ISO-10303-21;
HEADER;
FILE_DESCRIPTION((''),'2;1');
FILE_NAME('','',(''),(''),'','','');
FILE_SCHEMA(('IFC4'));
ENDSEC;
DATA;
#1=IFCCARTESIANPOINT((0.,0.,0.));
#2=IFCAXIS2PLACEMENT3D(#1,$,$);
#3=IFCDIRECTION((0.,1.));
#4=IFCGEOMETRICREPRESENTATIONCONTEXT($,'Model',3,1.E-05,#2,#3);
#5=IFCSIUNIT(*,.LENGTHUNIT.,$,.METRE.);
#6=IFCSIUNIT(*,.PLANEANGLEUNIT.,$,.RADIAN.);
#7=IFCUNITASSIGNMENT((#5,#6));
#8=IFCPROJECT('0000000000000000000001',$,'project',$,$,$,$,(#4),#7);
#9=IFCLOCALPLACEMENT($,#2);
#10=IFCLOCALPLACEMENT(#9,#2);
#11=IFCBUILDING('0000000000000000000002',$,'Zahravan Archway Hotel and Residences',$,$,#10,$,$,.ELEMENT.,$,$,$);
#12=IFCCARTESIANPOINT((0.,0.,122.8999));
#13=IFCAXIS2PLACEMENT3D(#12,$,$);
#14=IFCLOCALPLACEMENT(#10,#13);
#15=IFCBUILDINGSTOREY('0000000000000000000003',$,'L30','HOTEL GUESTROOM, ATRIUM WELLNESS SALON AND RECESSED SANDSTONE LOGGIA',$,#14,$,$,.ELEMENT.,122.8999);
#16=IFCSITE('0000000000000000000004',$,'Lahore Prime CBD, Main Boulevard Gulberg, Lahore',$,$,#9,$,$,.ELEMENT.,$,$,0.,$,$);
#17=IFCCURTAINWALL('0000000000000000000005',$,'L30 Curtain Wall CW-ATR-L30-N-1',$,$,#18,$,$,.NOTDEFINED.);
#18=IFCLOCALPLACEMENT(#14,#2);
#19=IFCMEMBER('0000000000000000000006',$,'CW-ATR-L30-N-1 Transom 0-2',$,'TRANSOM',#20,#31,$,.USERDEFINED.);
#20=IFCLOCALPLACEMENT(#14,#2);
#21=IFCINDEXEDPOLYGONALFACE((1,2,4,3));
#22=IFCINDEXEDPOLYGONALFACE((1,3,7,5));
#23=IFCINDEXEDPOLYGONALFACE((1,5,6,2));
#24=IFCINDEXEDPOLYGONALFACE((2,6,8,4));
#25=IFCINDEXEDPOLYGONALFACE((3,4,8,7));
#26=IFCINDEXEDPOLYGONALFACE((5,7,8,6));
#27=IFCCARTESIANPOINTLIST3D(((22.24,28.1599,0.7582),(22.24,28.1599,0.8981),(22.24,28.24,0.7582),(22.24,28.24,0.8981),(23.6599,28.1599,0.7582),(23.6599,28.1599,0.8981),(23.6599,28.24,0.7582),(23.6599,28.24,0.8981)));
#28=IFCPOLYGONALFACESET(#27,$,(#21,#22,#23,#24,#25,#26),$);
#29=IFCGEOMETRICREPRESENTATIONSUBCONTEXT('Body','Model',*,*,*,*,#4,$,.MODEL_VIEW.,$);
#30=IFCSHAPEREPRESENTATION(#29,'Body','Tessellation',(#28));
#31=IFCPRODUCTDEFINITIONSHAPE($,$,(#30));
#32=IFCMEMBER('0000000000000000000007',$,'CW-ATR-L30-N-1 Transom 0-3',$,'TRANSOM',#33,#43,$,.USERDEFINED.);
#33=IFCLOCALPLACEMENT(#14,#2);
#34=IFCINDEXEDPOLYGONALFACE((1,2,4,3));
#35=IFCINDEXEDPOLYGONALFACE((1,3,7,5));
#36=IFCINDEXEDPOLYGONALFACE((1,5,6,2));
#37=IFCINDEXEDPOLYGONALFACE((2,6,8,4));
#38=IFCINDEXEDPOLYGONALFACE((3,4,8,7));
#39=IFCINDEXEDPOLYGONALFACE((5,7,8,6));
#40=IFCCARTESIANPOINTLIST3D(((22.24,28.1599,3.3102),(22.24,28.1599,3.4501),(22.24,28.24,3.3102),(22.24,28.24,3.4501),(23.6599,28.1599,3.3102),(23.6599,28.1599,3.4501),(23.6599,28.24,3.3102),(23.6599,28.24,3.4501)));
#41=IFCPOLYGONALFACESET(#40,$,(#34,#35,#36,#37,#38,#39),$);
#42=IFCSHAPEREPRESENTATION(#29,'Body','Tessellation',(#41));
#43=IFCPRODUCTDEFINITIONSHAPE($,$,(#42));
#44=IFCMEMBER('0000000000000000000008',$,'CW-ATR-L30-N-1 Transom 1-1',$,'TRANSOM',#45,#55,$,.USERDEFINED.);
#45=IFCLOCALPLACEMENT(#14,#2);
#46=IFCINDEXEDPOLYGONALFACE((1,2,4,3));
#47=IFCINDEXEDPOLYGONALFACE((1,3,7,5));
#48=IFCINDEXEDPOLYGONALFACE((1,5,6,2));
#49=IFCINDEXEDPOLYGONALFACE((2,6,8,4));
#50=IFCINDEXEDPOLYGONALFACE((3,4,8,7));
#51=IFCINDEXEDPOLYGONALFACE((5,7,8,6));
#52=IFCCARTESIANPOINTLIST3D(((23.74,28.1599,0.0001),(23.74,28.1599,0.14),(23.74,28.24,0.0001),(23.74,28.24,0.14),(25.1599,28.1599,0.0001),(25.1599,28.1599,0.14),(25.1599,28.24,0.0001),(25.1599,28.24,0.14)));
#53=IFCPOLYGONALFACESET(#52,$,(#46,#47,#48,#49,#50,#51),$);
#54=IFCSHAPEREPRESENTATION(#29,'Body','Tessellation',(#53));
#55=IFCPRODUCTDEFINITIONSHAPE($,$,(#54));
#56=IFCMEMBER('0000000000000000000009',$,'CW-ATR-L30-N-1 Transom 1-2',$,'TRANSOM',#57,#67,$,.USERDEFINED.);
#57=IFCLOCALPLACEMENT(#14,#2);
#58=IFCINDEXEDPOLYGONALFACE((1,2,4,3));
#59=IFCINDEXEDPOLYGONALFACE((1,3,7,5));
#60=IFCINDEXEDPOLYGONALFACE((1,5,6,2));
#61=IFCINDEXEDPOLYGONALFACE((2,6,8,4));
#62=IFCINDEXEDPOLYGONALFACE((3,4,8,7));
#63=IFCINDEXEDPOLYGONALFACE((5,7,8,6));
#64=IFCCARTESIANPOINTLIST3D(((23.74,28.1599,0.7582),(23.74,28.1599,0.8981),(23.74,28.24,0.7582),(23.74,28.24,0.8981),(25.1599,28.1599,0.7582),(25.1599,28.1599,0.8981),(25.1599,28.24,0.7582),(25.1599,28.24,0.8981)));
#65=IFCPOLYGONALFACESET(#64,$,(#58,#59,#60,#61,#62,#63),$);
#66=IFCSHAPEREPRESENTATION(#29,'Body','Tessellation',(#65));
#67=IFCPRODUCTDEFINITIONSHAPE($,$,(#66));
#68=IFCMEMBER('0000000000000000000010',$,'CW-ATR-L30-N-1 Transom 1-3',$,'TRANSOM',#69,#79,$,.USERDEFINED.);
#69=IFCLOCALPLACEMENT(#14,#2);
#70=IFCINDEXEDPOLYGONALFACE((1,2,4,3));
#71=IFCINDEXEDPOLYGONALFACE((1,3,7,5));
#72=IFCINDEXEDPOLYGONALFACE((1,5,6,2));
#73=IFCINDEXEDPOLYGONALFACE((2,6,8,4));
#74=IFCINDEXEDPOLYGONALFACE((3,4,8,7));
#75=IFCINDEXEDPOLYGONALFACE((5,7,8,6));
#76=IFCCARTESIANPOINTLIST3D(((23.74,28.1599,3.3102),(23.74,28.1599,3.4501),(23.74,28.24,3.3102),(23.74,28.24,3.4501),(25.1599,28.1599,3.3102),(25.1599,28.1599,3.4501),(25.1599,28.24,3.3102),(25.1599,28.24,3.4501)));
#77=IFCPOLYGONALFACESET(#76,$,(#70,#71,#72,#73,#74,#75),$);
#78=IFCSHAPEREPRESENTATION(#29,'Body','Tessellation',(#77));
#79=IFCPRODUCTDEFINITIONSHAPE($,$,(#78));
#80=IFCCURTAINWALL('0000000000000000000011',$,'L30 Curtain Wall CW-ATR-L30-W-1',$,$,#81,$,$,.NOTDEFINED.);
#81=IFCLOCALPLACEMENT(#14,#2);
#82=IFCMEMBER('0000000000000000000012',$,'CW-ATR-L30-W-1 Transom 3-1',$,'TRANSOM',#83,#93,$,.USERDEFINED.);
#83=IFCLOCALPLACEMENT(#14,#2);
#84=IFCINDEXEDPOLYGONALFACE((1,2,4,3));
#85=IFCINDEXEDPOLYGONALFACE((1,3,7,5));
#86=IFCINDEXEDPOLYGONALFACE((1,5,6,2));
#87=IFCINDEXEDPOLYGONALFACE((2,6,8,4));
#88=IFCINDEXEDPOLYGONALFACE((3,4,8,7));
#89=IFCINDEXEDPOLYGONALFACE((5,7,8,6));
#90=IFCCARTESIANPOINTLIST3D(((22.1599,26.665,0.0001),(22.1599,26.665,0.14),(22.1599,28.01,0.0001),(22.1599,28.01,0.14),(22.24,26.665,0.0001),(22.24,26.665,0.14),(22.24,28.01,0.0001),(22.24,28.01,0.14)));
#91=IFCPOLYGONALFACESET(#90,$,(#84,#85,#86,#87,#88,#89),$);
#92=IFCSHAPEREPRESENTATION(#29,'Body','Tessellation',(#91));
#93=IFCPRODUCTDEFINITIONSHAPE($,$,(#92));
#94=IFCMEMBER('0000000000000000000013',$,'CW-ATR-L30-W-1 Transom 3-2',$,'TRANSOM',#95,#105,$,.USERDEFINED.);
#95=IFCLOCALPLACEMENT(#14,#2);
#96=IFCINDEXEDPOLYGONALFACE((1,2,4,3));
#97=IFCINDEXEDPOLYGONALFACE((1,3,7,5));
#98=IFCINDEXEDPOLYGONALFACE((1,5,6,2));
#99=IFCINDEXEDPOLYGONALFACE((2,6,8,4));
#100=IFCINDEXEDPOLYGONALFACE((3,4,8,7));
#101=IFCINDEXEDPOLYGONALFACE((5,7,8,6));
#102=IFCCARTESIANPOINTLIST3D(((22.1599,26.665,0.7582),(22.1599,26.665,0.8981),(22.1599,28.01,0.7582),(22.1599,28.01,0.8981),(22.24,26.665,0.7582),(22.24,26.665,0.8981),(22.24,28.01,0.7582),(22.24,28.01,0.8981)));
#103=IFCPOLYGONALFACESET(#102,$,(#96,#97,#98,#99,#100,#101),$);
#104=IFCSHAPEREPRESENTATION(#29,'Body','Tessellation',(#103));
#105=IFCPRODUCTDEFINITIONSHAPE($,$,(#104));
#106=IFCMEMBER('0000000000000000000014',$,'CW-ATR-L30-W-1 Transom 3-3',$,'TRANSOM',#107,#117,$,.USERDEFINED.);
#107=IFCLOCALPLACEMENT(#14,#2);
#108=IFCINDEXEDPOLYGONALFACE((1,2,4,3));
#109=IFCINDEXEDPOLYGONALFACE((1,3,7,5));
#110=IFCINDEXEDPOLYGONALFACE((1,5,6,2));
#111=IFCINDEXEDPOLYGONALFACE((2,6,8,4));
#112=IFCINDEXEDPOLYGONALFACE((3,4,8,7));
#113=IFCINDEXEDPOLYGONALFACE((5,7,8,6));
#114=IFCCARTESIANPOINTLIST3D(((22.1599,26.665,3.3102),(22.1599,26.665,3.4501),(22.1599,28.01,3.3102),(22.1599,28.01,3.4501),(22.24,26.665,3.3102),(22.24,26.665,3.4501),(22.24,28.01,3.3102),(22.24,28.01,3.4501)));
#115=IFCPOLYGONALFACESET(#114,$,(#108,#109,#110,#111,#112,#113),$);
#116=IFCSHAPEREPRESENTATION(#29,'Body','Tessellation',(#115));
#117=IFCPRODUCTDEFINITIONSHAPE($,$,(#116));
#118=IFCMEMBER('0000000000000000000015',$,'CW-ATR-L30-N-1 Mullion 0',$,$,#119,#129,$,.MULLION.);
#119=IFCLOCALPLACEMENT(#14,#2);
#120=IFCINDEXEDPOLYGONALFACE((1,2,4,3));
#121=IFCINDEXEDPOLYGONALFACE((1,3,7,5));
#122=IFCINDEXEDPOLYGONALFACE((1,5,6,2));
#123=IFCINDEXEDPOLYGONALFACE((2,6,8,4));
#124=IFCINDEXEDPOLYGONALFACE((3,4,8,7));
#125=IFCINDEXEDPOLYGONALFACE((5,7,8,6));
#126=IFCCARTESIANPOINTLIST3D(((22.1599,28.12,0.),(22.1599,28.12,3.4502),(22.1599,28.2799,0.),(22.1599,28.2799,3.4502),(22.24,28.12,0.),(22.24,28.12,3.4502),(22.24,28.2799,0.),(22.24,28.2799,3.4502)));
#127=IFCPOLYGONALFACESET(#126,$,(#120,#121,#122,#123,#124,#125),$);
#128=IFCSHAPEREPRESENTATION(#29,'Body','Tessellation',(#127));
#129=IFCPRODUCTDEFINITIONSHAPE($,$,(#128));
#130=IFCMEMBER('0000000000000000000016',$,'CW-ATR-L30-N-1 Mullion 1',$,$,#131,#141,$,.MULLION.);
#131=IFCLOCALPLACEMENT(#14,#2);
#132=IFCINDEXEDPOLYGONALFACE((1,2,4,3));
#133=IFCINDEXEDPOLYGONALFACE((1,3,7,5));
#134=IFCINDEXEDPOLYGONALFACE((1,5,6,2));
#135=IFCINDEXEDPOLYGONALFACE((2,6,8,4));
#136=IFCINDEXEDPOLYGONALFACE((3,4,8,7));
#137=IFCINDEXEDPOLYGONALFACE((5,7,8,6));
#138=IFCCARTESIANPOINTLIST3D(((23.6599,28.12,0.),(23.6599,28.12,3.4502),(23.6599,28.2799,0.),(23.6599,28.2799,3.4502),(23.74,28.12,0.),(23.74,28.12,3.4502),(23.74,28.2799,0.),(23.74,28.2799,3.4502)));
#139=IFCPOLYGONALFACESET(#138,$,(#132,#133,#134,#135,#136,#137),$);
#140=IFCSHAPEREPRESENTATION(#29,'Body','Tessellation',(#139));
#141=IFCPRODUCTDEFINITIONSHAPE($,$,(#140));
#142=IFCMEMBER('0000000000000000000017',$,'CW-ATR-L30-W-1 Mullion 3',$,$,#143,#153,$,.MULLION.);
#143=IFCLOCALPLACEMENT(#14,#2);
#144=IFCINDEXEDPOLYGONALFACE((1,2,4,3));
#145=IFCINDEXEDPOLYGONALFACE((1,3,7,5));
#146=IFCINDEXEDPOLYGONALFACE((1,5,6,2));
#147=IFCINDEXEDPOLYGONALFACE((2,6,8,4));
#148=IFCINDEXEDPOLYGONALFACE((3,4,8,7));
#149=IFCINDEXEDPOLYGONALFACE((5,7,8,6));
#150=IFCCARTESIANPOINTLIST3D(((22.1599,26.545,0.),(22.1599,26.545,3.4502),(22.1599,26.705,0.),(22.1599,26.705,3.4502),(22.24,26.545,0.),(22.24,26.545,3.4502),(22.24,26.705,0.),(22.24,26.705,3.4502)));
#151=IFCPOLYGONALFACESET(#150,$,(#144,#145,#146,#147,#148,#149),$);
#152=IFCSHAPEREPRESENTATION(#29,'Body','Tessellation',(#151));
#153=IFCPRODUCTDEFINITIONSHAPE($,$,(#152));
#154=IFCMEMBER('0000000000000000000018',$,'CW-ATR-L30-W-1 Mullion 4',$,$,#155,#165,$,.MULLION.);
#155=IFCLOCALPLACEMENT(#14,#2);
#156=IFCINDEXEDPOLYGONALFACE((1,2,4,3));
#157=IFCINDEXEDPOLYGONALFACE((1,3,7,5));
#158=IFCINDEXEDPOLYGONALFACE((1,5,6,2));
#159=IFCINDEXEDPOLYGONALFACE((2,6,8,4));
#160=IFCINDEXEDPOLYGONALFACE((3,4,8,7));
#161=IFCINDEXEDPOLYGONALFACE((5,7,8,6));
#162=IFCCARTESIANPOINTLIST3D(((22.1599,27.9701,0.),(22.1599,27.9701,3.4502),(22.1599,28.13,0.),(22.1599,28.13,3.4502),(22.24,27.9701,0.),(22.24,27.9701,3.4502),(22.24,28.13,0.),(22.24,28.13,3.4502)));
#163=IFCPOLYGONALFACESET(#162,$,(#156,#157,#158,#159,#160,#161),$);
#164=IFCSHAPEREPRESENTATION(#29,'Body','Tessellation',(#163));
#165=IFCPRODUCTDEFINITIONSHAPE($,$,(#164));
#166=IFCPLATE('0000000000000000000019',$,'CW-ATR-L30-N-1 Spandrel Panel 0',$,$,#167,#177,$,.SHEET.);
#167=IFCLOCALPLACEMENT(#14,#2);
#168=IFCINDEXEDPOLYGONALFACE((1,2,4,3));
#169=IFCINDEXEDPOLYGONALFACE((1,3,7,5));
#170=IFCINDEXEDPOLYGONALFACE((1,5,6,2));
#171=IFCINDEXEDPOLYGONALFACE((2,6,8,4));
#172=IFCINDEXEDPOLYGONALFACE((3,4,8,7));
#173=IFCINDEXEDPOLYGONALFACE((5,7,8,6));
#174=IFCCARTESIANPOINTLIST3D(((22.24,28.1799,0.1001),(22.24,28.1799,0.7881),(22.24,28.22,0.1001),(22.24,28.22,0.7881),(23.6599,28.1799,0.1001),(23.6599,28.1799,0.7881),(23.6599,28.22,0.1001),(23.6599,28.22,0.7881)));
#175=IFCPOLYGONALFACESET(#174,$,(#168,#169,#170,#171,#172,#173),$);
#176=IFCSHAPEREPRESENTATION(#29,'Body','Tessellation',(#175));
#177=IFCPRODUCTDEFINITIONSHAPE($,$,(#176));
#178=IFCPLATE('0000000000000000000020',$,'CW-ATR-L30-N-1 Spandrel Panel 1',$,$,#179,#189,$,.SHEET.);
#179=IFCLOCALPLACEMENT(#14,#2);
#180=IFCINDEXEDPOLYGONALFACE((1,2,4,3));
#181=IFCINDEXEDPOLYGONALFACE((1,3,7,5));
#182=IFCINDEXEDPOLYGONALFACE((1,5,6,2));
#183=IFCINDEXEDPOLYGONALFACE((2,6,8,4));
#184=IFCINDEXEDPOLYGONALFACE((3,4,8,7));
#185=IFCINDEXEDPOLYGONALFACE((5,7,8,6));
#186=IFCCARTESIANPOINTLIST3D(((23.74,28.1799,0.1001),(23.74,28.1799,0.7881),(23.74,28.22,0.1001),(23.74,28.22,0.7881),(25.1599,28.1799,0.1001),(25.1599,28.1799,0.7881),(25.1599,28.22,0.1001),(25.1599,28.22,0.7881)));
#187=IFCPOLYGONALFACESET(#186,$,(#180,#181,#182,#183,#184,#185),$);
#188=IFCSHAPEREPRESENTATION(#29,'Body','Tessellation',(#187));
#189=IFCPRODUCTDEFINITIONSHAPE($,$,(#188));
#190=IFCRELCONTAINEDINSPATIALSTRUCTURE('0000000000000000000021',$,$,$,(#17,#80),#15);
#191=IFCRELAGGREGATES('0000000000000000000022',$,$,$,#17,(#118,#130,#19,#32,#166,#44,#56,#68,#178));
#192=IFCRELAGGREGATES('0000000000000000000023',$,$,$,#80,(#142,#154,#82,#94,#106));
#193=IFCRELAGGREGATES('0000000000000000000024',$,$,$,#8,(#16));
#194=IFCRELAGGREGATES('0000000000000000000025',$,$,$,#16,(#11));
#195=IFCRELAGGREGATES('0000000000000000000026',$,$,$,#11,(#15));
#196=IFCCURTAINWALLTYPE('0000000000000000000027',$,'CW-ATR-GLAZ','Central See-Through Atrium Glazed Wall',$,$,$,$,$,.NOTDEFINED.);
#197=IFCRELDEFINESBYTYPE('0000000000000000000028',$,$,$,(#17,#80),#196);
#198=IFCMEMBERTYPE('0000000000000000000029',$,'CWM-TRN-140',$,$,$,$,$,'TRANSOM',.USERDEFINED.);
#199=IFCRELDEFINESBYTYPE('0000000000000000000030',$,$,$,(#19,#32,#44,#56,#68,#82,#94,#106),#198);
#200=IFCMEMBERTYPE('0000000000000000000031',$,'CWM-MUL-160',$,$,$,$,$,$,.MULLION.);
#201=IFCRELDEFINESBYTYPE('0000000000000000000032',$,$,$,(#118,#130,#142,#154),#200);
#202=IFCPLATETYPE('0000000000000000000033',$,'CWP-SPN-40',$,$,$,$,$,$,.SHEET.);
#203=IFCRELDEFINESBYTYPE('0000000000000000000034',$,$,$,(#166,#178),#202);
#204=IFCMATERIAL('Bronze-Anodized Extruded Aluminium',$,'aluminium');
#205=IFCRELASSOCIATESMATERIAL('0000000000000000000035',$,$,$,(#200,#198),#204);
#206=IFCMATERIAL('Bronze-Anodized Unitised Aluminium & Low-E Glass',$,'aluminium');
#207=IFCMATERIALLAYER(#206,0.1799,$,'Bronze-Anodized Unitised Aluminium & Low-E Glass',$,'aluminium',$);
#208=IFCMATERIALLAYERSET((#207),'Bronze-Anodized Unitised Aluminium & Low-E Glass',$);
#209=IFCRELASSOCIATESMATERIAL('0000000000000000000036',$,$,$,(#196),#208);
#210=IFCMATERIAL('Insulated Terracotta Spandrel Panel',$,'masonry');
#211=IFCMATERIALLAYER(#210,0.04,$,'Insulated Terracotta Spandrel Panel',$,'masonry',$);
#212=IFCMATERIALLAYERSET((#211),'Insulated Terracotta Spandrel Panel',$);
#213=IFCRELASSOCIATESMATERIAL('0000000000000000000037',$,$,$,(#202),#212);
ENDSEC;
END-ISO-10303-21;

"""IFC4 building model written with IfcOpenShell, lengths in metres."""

from ifc_helpers import new_model, si_unit, direction, frame, origin, origin_2d, place, context, subcontext, project, spatial, rectangle, extrude, source, transform, mapped, material, layer, layer_set, material_profile, profile_set, type_object, element, aggregate, save


model = new_model("IFC4")

# Units and contexts
model_context = context("Model", 3, precision=1e-05, world=origin(), true_north=direction((0.0, 1.0)))
body_context = subcontext(model_context, "Body", "Model", "MODEL_VIEW")
ifc_project = project(units=[si_unit("LENGTHUNIT", "METRE"), si_unit("PLANEANGLEUNIT", "RADIAN")], contexts=[model_context])

# Site, building, storey
site_placement = place(None, origin())
site = spatial("IfcSite", under=ifc_project, at=site_placement, Name="Lahore Prime CBD, Main Boulevard Gulberg, Lahore", CompositionType="ELEMENT", RefElevation=0.0)
building_placement = place(site_placement, origin())
building = spatial("IfcBuilding", under=site, at=building_placement, Name="Zahravan Archway Hotel and Residences", CompositionType="ELEMENT")
storey_placement = place(building_placement, frame((0.0, 0.0, 122.8999)))
storey = spatial("IfcBuildingStorey", under=building, at=storey_placement, Name="L30", Description="HOTEL GUESTROOM, ATRIUM WELLNESS SALON AND RECESSED SANDSTONE LOGGIA", CompositionType="ELEMENT", Elevation=122.8999)

# Curtain walls, members
ifc_material_1 = material(Name="Bronze-Anodized Unitised Aluminium & Low-E Glass", Category="aluminium")
ifc_material_2 = material(Name="Bronze-Anodized Extruded Aluminium", Category="aluminium")
ifc_material_profile_1 = material_profile(ifc_material_2, rectangle(XDim=0.0801, YDim=0.1599, at=origin_2d()), Name="MUL 80x160", Category="aluminium")
ifc_profile_set_1 = profile_set([ifc_material_profile_1], Name="Bronze-Anodized Extruded Aluminium")
member_type_1 = type_object("IfcMemberType", Name="CWM-MUL-160", PredefinedType="MULLION", material=ifc_profile_set_1)
ifc_material_profile_2 = material_profile(ifc_material_2, rectangle(XDim=0.0801, YDim=0.1399, at=origin_2d()), Name="TRN 80x140", Category="aluminium")
ifc_profile_set_2 = profile_set([ifc_material_profile_2], Name="Bronze-Anodized Extruded Aluminium")
member_type_2 = type_object("IfcMemberType", Name="CWM-TRN-140", ElementType="TRANSOM", PredefinedType="USERDEFINED", material=ifc_profile_set_2)
ifc_layer_1 = layer(ifc_material_1, 0.1799, Name="Bronze-Anodized Unitised Aluminium & Low-E Glass", Category="aluminium")
ifc_layer_set_1 = layer_set([ifc_layer_1], Name="Bronze-Anodized Unitised Aluminium & Low-E Glass")
curtain_wall_type_1 = type_object("IfcCurtainWallType", Name="CW-ATR-GLAZ", Description="Central See-Through Atrium Glazed Wall", PredefinedType="NOTDEFINED", material=ifc_layer_set_1)
curtain_wall_1_placement = place(storey_placement, origin())
curtain_wall_1 = element("IfcCurtainWall", 1, at=curtain_wall_1_placement, inside=storey, type_object=curtain_wall_type_1, Name="L30 Curtain Wall CW-ATR-L30-N-1", PredefinedType="NOTDEFINED")
shared_shape_1 = source(origin(), body_context, "Body", "SweptSolid", [
    extrude(rectangle(XDim=0.0801, YDim=0.1399, at=origin_2d()), origin(), (0.0, 0.0, 1.0), 1.4199),
])
member_1_placement = place(storey_placement, frame((22.24, 28.2, 0.8281), z_axis=(1.0, 0.0, 0.0), x_axis=(0.0, 1.0, 0.0)))
member_1 = element("IfcMember", 2, at=member_1_placement, type_object=member_type_2, Name="CW-ATR-L30-N-1 Transom 0-2", ObjectType="TRANSOM", PredefinedType="USERDEFINED", context=body_context, shape_type="MappedRepresentation", body=[
    mapped(shared_shape_1, transform((0.0, 0.0, 0.0), scale=1.0)),
])
member_2_placement = place(storey_placement, frame((22.24, 28.2, 3.3801), z_axis=(1.0, 0.0, 0.0), x_axis=(0.0, 1.0, 0.0)))
member_2 = element("IfcMember", 3, at=member_2_placement, type_object=member_type_2, Name="CW-ATR-L30-N-1 Transom 0-3", ObjectType="TRANSOM", PredefinedType="USERDEFINED", context=body_context, shape_type="MappedRepresentation", body=[
    mapped(shared_shape_1, transform((0.0, 0.0, 0.0), scale=1.0)),
])
member_3_placement = place(storey_placement, frame((23.74, 28.2, 0.0701), z_axis=(1.0, 0.0, 0.0), x_axis=(0.0, 1.0, 0.0)))
member_3 = element("IfcMember", 4, at=member_3_placement, type_object=member_type_2, Name="CW-ATR-L30-N-1 Transom 1-1", ObjectType="TRANSOM", PredefinedType="USERDEFINED", context=body_context, shape_type="MappedRepresentation", body=[
    mapped(shared_shape_1, transform((0.0, 0.0, 0.0), scale=1.0)),
])
member_4_placement = place(storey_placement, frame((23.74, 28.2, 0.8281), z_axis=(1.0, 0.0, 0.0), x_axis=(0.0, 1.0, 0.0)))
member_4 = element("IfcMember", 5, at=member_4_placement, type_object=member_type_2, Name="CW-ATR-L30-N-1 Transom 1-2", ObjectType="TRANSOM", PredefinedType="USERDEFINED", context=body_context, shape_type="MappedRepresentation", body=[
    mapped(shared_shape_1, transform((0.0, 0.0, 0.0), scale=1.0)),
])
member_5_placement = place(storey_placement, frame((23.74, 28.2, 3.3801), z_axis=(1.0, 0.0, 0.0), x_axis=(0.0, 1.0, 0.0)))
member_5 = element("IfcMember", 6, at=member_5_placement, type_object=member_type_2, Name="CW-ATR-L30-N-1 Transom 1-3", ObjectType="TRANSOM", PredefinedType="USERDEFINED", context=body_context, shape_type="MappedRepresentation", body=[
    mapped(shared_shape_1, transform((0.0, 0.0, 0.0), scale=1.0)),
])
curtain_wall_2_placement = place(storey_placement, origin())
curtain_wall_2 = element("IfcCurtainWall", 7, at=curtain_wall_2_placement, inside=storey, type_object=curtain_wall_type_1, Name="L30 Curtain Wall CW-ATR-L30-W-1", PredefinedType="NOTDEFINED")
shared_shape_2 = source(origin(), body_context, "Body", "SweptSolid", [
    extrude(rectangle(XDim=0.0801, YDim=0.1399, at=origin_2d()), origin(), (0.0, 0.0, 1.0), 1.345),
])
member_6_placement = place(storey_placement, frame((22.2, 26.665, 0.0701), z_axis=(0.0, 1.0, 0.0), x_axis=(-1.0, 0.0, 0.0)))
member_6 = element("IfcMember", 8, at=member_6_placement, type_object=member_type_2, Name="CW-ATR-L30-W-1 Transom 3-1", ObjectType="TRANSOM", PredefinedType="USERDEFINED", context=body_context, shape_type="MappedRepresentation", body=[
    mapped(shared_shape_2, transform((0.0, 0.0, 0.0), scale=1.0)),
])
member_7_placement = place(storey_placement, frame((22.2, 26.665, 0.8281), z_axis=(0.0, 1.0, 0.0), x_axis=(-1.0, 0.0, 0.0)))
member_7 = element("IfcMember", 9, at=member_7_placement, type_object=member_type_2, Name="CW-ATR-L30-W-1 Transom 3-2", ObjectType="TRANSOM", PredefinedType="USERDEFINED", context=body_context, shape_type="MappedRepresentation", body=[
    mapped(shared_shape_2, transform((0.0, 0.0, 0.0), scale=1.0)),
])
member_8_placement = place(storey_placement, frame((22.2, 26.665, 3.3801), z_axis=(0.0, 1.0, 0.0), x_axis=(-1.0, 0.0, 0.0)))
member_8 = element("IfcMember", 10, at=member_8_placement, type_object=member_type_2, Name="CW-ATR-L30-W-1 Transom 3-3", ObjectType="TRANSOM", PredefinedType="USERDEFINED", context=body_context, shape_type="MappedRepresentation", body=[
    mapped(shared_shape_2, transform((0.0, 0.0, 0.0), scale=1.0)),
])

# Members
shared_shape_3 = source(origin(), body_context, "Body", "SweptSolid", [
    extrude(rectangle(XDim=0.0801, YDim=0.1599, at=origin_2d()), origin(), (0.0, 0.0, 1.0), 3.4502),
])
member_9_placement = place(storey_placement, frame((22.2, 28.2, 0.0), z_axis=(0.0, 0.0, 1.0), x_axis=(1.0, 0.0, 0.0)))
member_9 = element("IfcMember", 11, at=member_9_placement, type_object=member_type_1, Name="CW-ATR-L30-N-1 Mullion 0", PredefinedType="MULLION", context=body_context, shape_type="MappedRepresentation", body=[
    mapped(shared_shape_3, transform((0.0, 0.0, 0.0), scale=1.0)),
])
member_10_placement = place(storey_placement, frame((23.7, 28.2, 0.0), z_axis=(0.0, 0.0, 1.0), x_axis=(1.0, 0.0, 0.0)))
member_10 = element("IfcMember", 12, at=member_10_placement, type_object=member_type_1, Name="CW-ATR-L30-N-1 Mullion 1", PredefinedType="MULLION", context=body_context, shape_type="MappedRepresentation", body=[
    mapped(shared_shape_3, transform((0.0, 0.0, 0.0), scale=1.0)),
])
member_11_placement = place(storey_placement, frame((22.2, 26.625, 0.0), z_axis=(0.0, 0.0, 1.0), x_axis=(1.0, 0.0, 0.0)))
member_11 = element("IfcMember", 13, at=member_11_placement, type_object=member_type_1, Name="CW-ATR-L30-W-1 Mullion 3", PredefinedType="MULLION", context=body_context, shape_type="MappedRepresentation", body=[
    mapped(shared_shape_3, transform((0.0, 0.0, 0.0), scale=1.0)),
])
member_12_placement = place(storey_placement, frame((22.2, 28.05, 0.0), z_axis=(0.0, 0.0, 1.0), x_axis=(1.0, 0.0, 0.0)))
member_12 = element("IfcMember", 14, at=member_12_placement, type_object=member_type_1, Name="CW-ATR-L30-W-1 Mullion 4", PredefinedType="MULLION", context=body_context, shape_type="MappedRepresentation", body=[
    mapped(shared_shape_3, transform((0.0, 0.0, 0.0), scale=1.0)),
])

# Plates
ifc_material_3 = material(Name="Insulated Terracotta Spandrel Panel", Category="masonry")
ifc_layer_2 = layer(ifc_material_3, 0.04, Name="Insulated Terracotta Spandrel Panel", Category="masonry")
ifc_layer_set_2 = layer_set([ifc_layer_2], Name="Insulated Terracotta Spandrel Panel")
plate_type_1 = type_object("IfcPlateType", Name="CWP-SPN-40", PredefinedType="SHEET", material=ifc_layer_set_2)
shared_shape_4 = source(origin(), body_context, "Body", "SweptSolid", [
    extrude(rectangle(XDim=1.4199, YDim=0.04, at=origin_2d()), origin(), (0.0, 0.0, 1.0), 0.688),
])
plate_1_placement = place(storey_placement, frame((22.95, 28.2, 0.1001), z_axis=(0.0, 0.0, 1.0), x_axis=(1.0, 0.0, 0.0)))
plate_1 = element("IfcPlate", 15, at=plate_1_placement, type_object=plate_type_1, Name="CW-ATR-L30-N-1 Spandrel Panel 0", PredefinedType="SHEET", context=body_context, shape_type="MappedRepresentation", body=[
    mapped(shared_shape_4, transform((0.0, 0.0, 0.0), scale=1.0)),
])
plate_2_placement = place(storey_placement, frame((24.45, 28.2, 0.1001), z_axis=(0.0, 0.0, 1.0), x_axis=(1.0, 0.0, 0.0)))
plate_2 = element("IfcPlate", 16, at=plate_2_placement, type_object=plate_type_1, Name="CW-ATR-L30-N-1 Spandrel Panel 1", PredefinedType="SHEET", context=body_context, shape_type="MappedRepresentation", body=[
    mapped(shared_shape_4, transform((0.0, 0.0, 0.0), scale=1.0)),
])
aggregate(curtain_wall_1, [member_9, member_10, member_1, member_2, plate_1, member_3, member_4, member_5, plate_2])
aggregate(curtain_wall_2, [member_11, member_12, member_6, member_7, member_8])

save(model, "model.ifc")
